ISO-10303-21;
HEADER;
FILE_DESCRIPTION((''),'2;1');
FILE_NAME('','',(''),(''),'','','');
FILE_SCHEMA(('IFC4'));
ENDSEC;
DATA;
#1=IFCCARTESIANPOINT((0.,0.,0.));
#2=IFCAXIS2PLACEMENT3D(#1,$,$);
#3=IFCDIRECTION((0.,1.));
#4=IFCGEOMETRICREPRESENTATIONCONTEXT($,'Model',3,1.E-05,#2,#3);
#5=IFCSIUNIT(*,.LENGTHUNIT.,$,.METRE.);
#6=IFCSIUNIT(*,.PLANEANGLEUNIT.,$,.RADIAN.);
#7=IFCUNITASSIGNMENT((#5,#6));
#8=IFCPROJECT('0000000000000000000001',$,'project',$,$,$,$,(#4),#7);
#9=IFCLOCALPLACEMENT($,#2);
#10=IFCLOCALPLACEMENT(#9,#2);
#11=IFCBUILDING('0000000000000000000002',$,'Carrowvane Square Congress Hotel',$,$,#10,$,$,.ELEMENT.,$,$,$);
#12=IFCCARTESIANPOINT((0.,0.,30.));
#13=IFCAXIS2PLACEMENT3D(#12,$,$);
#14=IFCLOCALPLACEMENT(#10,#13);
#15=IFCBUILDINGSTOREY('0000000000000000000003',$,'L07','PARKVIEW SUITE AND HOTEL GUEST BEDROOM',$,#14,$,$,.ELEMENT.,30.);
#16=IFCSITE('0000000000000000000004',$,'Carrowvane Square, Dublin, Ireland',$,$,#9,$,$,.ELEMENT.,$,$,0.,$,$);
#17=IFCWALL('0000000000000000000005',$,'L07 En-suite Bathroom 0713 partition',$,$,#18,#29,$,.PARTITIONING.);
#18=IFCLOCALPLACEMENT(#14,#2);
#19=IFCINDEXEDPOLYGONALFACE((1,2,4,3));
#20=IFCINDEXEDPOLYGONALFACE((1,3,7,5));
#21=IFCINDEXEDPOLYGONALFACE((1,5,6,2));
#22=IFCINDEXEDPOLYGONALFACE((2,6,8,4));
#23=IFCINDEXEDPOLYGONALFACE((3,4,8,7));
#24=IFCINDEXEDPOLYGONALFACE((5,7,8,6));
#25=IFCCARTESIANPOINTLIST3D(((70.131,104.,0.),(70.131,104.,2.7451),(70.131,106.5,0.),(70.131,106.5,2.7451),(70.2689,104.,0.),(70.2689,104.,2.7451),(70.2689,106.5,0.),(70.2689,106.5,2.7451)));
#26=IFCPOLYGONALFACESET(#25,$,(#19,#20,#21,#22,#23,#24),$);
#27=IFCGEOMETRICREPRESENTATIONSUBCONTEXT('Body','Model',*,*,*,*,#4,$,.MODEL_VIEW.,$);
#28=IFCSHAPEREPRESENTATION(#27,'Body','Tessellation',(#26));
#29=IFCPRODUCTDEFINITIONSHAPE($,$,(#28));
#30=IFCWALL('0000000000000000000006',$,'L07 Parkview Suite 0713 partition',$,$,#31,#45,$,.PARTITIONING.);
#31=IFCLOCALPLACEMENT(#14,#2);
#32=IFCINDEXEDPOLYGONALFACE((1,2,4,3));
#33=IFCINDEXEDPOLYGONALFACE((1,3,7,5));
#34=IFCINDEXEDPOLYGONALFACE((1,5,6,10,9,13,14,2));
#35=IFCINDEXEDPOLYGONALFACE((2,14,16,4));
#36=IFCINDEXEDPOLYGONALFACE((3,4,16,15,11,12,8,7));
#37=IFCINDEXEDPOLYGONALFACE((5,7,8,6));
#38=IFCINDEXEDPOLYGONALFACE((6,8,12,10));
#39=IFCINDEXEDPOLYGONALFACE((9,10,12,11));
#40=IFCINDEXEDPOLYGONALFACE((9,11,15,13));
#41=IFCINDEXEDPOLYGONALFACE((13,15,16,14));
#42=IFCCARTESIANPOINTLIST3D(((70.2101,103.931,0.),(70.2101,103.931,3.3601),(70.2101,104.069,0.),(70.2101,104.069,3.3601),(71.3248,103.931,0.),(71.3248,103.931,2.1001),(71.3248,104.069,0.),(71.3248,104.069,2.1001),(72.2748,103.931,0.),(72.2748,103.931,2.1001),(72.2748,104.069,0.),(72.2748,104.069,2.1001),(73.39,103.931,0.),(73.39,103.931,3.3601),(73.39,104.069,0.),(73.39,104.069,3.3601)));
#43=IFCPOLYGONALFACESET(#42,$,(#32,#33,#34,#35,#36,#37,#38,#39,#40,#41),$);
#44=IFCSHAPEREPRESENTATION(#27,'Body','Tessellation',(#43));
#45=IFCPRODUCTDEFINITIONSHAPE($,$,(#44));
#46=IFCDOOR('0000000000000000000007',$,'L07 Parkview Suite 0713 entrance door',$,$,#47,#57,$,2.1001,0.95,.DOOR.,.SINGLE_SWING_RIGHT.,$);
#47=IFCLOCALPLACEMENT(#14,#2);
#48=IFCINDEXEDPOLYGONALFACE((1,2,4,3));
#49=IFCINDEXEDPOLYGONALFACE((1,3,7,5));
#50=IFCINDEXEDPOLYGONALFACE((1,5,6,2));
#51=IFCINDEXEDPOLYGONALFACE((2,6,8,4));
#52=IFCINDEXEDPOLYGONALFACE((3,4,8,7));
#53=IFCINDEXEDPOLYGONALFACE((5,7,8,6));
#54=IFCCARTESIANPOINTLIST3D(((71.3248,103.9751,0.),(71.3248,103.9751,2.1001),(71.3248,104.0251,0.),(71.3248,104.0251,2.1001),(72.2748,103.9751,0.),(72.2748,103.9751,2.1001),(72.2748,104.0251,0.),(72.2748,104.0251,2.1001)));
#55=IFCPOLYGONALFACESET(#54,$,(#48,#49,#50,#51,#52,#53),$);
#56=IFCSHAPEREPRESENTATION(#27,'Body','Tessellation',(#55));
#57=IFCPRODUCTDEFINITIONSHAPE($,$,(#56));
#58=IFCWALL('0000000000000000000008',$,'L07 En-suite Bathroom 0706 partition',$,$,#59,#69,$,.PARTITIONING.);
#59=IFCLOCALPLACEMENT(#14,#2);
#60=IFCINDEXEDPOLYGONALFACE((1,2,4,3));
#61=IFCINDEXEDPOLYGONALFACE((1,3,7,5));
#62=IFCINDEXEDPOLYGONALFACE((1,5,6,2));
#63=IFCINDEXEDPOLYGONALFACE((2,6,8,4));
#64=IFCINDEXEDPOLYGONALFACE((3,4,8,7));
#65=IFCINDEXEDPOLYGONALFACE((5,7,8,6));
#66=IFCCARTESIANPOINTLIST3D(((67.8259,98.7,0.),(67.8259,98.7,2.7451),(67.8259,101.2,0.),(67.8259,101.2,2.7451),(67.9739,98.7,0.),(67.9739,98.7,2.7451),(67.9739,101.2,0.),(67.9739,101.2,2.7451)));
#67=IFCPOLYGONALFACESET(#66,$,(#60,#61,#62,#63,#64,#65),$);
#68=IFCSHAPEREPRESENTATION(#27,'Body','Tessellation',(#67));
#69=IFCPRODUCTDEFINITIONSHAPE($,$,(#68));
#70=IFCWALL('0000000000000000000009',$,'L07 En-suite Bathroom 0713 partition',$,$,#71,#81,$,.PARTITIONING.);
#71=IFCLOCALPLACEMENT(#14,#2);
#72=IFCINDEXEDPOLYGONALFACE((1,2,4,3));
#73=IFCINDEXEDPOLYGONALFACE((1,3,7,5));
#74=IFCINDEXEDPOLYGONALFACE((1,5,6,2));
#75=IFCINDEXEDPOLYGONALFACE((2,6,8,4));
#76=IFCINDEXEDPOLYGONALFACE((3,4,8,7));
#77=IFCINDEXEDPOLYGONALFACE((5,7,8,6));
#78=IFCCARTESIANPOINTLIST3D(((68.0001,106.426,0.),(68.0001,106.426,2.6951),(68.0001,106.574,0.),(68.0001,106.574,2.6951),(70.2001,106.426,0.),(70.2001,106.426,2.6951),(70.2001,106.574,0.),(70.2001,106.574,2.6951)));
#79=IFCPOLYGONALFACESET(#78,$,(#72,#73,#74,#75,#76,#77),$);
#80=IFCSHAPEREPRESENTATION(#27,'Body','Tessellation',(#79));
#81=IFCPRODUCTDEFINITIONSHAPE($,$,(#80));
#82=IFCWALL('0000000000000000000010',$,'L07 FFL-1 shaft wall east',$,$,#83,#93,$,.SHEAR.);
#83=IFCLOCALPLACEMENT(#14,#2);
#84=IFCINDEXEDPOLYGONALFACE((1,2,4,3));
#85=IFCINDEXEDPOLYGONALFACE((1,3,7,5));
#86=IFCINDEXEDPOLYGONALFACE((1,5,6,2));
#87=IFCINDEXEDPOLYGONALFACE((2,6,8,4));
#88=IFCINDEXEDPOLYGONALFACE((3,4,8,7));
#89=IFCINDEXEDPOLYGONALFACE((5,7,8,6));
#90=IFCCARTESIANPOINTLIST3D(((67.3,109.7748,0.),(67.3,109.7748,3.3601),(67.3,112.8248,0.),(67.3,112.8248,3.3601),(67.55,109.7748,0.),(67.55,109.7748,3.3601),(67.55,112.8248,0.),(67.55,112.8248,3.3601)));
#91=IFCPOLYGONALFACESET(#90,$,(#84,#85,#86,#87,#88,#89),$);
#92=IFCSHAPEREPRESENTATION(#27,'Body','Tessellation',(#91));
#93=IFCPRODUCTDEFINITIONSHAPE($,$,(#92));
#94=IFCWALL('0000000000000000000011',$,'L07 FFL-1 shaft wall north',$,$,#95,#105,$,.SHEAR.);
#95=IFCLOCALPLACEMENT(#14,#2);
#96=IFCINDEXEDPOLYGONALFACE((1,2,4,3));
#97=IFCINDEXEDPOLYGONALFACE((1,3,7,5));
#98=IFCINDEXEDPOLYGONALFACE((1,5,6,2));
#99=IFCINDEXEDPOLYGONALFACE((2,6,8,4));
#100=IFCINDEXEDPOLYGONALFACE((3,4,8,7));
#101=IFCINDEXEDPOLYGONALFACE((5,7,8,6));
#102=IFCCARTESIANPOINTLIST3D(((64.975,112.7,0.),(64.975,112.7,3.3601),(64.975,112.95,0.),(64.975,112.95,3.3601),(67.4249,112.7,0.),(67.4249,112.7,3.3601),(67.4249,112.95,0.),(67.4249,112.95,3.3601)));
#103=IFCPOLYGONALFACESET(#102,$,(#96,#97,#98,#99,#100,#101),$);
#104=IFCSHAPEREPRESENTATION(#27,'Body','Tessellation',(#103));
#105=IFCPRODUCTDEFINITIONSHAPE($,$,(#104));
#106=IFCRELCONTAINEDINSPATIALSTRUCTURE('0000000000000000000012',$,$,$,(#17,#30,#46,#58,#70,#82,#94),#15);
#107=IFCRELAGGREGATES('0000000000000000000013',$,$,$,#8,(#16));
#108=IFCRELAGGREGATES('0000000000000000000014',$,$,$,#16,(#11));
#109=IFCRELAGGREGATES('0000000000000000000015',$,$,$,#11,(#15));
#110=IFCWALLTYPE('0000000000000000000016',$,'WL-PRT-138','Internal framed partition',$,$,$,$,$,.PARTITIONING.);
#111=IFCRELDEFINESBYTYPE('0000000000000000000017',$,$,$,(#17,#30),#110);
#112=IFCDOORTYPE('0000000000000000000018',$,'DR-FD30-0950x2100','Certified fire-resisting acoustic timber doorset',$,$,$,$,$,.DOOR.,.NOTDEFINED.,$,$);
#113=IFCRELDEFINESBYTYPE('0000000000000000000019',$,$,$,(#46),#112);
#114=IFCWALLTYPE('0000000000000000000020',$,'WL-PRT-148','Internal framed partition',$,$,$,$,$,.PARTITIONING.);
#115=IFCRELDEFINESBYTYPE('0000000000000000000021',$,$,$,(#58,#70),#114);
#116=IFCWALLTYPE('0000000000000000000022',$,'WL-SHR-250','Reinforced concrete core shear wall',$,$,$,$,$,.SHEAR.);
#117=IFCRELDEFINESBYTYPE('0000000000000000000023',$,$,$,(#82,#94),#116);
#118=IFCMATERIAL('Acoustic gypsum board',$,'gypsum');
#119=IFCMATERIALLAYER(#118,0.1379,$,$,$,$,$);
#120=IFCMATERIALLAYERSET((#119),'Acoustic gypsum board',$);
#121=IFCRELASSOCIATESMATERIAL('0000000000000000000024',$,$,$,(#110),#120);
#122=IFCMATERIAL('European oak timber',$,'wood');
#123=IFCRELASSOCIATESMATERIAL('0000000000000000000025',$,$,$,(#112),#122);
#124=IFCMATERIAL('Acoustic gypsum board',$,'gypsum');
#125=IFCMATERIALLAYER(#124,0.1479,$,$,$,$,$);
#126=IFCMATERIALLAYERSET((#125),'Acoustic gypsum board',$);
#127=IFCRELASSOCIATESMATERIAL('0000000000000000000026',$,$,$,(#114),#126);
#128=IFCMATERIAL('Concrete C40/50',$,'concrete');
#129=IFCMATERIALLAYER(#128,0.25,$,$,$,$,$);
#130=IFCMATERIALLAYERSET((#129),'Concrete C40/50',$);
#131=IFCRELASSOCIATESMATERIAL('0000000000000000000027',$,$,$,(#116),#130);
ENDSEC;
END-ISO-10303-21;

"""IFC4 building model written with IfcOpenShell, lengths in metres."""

from ifc_helpers import new_model, si_unit, direction, frame, frame_2d, origin, place, context, subcontext, project, spatial, rectangle, extrude, material, layer, layer_set, type_object, element, fill, save


model = new_model("IFC4")

# Units and contexts
model_context = context("Model", 3, precision=1e-05, world=origin(), true_north=direction((0.0, 1.0)))
body_context = subcontext(model_context, "Body", "Model", "MODEL_VIEW")
ifc_project = project(units=[si_unit("LENGTHUNIT", "METRE"), si_unit("PLANEANGLEUNIT", "RADIAN")], contexts=[model_context])

# Site, building, storey
site_placement = place(None, origin())
site = spatial("IfcSite", under=ifc_project, at=site_placement, Name="Carrowvane Square, Dublin, Ireland", CompositionType="ELEMENT", RefElevation=0.0)
building_placement = place(site_placement, origin())
building = spatial("IfcBuilding", under=site, at=building_placement, Name="Carrowvane Square Congress Hotel", CompositionType="ELEMENT")
storey_placement = place(building_placement, frame((0.0, 0.0, 30.0)))
storey = spatial("IfcBuildingStorey", under=building, at=storey_placement, Name="L07", Description="PARKVIEW SUITE AND HOTEL GUEST BEDROOM", CompositionType="ELEMENT", Elevation=30.0)

# Wall
ifc_material_1 = material(Name="Acoustic gypsum board", Category="gypsum")
ifc_layer_1 = layer(ifc_material_1, 0.1379)
ifc_layer_set_1 = layer_set([ifc_layer_1], Name="Acoustic gypsum board")
wall_type_1 = type_object("IfcWallType", Name="WL-PRT-138", Description="Internal framed partition", PredefinedType="PARTITIONING", material=ifc_layer_set_1)
wall_1_placement = place(storey_placement, frame((70.2, 106.5, 0.0), z_axis=(0.0, 0.0, 1.0), x_axis=(0.0, -1.0, 0.0)))
element("IfcWall", 1, at=wall_1_placement, inside=storey, type_object=wall_type_1, Name="L07 En-suite Bathroom 0713 partition", PredefinedType="PARTITIONING", context=body_context, shape_type="SweptSolid", body=[
    extrude(rectangle(XDim=2.5, YDim=0.1379, at=frame_2d((1.25, 0.0))), origin(), (0.0, 0.0, 1.0), 2.7451),
])

# Wall, opening, door
wall_2_placement = place(storey_placement, frame((73.3899, 104.0, 0.0), z_axis=(0.0, 0.0, 1.0), x_axis=(-1.0, 0.0, 0.0)))
wall_2 = element("IfcWall", 2, at=wall_2_placement, inside=storey, type_object=wall_type_1, Name="L07 Parkview Suite 0713 partition", PredefinedType="PARTITIONING", context=body_context, shape_type="SweptSolid", body=[
    extrude(rectangle(XDim=3.1799, YDim=0.1379, at=frame_2d((1.5898, 0.0))), origin(), (0.0, 0.0, 1.0), 3.3601),
])
opening_1_placement = place(wall_2_placement, frame((1.115, 0.0, 0.0)))
opening_1 = element("IfcOpeningElement", 3, at=opening_1_placement, cuts=wall_2, PredefinedType="OPENING", context=body_context, shape_type="SweptSolid", body=[
    extrude(rectangle(XDim=0.95, YDim=2.1001, at=frame_2d((0.4751, 1.05))), frame((0.0, 0.0789, 0.0), z_axis=(0.0, -1.0, 0.0), x_axis=(1.0, 0.0, 0.0)), (0.0, 0.0, 1.0), 0.158),
])
ifc_material_2 = material(Name="European oak timber", Category="wood")
door_type_1 = type_object("IfcDoorType", Name="DR-FD30-0950x2100", Description="Certified fire-resisting acoustic timber doorset", OperationType="NOTDEFINED", PredefinedType="DOOR", material=ifc_material_2)
door_1_placement = place(opening_1_placement, origin())
door_1 = element("IfcDoor", 4, at=door_1_placement, inside=storey, type_object=door_type_1, Name="L07 Parkview Suite 0713 entrance door", OperationType="SINGLE_SWING_RIGHT", OverallHeight=2.1001, OverallWidth=0.95, PredefinedType="DOOR", context=body_context, shape_type="SweptSolid", body=[
    extrude(rectangle(XDim=0.95, YDim=2.1001, at=frame_2d((0.4751, 1.05))), frame((0.0, 0.0249, 0.0), z_axis=(0.0, -1.0, 0.0), x_axis=(1.0, 0.0, 0.0)), (0.0, 0.0, 1.0), 0.05),
])
fill(opening_1, door_1)

# Walls
ifc_material_3 = material(Name="Acoustic gypsum board", Category="gypsum")
ifc_layer_2 = layer(ifc_material_3, 0.1479)
ifc_layer_set_2 = layer_set([ifc_layer_2], Name="Acoustic gypsum board")
wall_type_2 = type_object("IfcWallType", Name="WL-PRT-148", Description="Internal framed partition", PredefinedType="PARTITIONING", material=ifc_layer_set_2)
wall_3_placement = place(storey_placement, frame((67.8999, 101.2, 0.0), z_axis=(0.0, 0.0, 1.0), x_axis=(0.0, -1.0, 0.0)))
element("IfcWall", 5, at=wall_3_placement, inside=storey, type_object=wall_type_2, Name="L07 En-suite Bathroom 0706 partition", PredefinedType="PARTITIONING", context=body_context, shape_type="SweptSolid", body=[
    extrude(rectangle(XDim=2.5, YDim=0.1479, at=frame_2d((1.25, 0.0))), origin(), (0.0, 0.0, 1.0), 2.7451),
])
wall_4_placement = place(storey_placement, frame((68.0, 106.5, 0.0), z_axis=(0.0, 0.0, 1.0), x_axis=(1.0, 0.0, 0.0)))
element("IfcWall", 6, at=wall_4_placement, inside=storey, type_object=wall_type_2, Name="L07 En-suite Bathroom 0713 partition", PredefinedType="PARTITIONING", context=body_context, shape_type="SweptSolid", body=[
    extrude(rectangle(XDim=2.2, YDim=0.1479, at=frame_2d((1.1001, 0.0))), origin(), (0.0, 0.0, 1.0), 2.6951),
])
ifc_material_4 = material(Name="Concrete C40/50", Category="concrete")
ifc_layer_3 = layer(ifc_material_4, 0.25)
ifc_layer_set_3 = layer_set([ifc_layer_3], Name="Concrete C40/50")
wall_type_3 = type_object("IfcWallType", Name="WL-SHR-250", Description="Reinforced concrete core shear wall", PredefinedType="SHEAR", material=ifc_layer_set_3)
wall_5_placement = place(storey_placement, frame((67.425, 109.7749, 0.0), z_axis=(0.0, 0.0, 1.0), x_axis=(0.0, 1.0, 0.0)))
element("IfcWall", 7, at=wall_5_placement, inside=storey, type_object=wall_type_3, Name="L07 FFL-1 shaft wall east", PredefinedType="SHEAR", context=body_context, shape_type="SweptSolid", body=[
    extrude(rectangle(XDim=3.05, YDim=0.25, at=frame_2d((1.5249, 0.0))), origin(), (0.0, 0.0, 1.0), 3.3601),
])
wall_6_placement = place(storey_placement, frame((67.425, 112.825, 0.0), z_axis=(0.0, 0.0, 1.0), x_axis=(-1.0, 0.0, 0.0)))
element("IfcWall", 8, at=wall_6_placement, inside=storey, type_object=wall_type_3, Name="L07 FFL-1 shaft wall north", PredefinedType="SHEAR", context=body_context, shape_type="SweptSolid", body=[
    extrude(rectangle(XDim=2.45, YDim=0.25, at=frame_2d((1.2251, 0.0))), origin(), (0.0, 0.0, 1.0), 3.3601),
])

save(model, "model.ifc")
